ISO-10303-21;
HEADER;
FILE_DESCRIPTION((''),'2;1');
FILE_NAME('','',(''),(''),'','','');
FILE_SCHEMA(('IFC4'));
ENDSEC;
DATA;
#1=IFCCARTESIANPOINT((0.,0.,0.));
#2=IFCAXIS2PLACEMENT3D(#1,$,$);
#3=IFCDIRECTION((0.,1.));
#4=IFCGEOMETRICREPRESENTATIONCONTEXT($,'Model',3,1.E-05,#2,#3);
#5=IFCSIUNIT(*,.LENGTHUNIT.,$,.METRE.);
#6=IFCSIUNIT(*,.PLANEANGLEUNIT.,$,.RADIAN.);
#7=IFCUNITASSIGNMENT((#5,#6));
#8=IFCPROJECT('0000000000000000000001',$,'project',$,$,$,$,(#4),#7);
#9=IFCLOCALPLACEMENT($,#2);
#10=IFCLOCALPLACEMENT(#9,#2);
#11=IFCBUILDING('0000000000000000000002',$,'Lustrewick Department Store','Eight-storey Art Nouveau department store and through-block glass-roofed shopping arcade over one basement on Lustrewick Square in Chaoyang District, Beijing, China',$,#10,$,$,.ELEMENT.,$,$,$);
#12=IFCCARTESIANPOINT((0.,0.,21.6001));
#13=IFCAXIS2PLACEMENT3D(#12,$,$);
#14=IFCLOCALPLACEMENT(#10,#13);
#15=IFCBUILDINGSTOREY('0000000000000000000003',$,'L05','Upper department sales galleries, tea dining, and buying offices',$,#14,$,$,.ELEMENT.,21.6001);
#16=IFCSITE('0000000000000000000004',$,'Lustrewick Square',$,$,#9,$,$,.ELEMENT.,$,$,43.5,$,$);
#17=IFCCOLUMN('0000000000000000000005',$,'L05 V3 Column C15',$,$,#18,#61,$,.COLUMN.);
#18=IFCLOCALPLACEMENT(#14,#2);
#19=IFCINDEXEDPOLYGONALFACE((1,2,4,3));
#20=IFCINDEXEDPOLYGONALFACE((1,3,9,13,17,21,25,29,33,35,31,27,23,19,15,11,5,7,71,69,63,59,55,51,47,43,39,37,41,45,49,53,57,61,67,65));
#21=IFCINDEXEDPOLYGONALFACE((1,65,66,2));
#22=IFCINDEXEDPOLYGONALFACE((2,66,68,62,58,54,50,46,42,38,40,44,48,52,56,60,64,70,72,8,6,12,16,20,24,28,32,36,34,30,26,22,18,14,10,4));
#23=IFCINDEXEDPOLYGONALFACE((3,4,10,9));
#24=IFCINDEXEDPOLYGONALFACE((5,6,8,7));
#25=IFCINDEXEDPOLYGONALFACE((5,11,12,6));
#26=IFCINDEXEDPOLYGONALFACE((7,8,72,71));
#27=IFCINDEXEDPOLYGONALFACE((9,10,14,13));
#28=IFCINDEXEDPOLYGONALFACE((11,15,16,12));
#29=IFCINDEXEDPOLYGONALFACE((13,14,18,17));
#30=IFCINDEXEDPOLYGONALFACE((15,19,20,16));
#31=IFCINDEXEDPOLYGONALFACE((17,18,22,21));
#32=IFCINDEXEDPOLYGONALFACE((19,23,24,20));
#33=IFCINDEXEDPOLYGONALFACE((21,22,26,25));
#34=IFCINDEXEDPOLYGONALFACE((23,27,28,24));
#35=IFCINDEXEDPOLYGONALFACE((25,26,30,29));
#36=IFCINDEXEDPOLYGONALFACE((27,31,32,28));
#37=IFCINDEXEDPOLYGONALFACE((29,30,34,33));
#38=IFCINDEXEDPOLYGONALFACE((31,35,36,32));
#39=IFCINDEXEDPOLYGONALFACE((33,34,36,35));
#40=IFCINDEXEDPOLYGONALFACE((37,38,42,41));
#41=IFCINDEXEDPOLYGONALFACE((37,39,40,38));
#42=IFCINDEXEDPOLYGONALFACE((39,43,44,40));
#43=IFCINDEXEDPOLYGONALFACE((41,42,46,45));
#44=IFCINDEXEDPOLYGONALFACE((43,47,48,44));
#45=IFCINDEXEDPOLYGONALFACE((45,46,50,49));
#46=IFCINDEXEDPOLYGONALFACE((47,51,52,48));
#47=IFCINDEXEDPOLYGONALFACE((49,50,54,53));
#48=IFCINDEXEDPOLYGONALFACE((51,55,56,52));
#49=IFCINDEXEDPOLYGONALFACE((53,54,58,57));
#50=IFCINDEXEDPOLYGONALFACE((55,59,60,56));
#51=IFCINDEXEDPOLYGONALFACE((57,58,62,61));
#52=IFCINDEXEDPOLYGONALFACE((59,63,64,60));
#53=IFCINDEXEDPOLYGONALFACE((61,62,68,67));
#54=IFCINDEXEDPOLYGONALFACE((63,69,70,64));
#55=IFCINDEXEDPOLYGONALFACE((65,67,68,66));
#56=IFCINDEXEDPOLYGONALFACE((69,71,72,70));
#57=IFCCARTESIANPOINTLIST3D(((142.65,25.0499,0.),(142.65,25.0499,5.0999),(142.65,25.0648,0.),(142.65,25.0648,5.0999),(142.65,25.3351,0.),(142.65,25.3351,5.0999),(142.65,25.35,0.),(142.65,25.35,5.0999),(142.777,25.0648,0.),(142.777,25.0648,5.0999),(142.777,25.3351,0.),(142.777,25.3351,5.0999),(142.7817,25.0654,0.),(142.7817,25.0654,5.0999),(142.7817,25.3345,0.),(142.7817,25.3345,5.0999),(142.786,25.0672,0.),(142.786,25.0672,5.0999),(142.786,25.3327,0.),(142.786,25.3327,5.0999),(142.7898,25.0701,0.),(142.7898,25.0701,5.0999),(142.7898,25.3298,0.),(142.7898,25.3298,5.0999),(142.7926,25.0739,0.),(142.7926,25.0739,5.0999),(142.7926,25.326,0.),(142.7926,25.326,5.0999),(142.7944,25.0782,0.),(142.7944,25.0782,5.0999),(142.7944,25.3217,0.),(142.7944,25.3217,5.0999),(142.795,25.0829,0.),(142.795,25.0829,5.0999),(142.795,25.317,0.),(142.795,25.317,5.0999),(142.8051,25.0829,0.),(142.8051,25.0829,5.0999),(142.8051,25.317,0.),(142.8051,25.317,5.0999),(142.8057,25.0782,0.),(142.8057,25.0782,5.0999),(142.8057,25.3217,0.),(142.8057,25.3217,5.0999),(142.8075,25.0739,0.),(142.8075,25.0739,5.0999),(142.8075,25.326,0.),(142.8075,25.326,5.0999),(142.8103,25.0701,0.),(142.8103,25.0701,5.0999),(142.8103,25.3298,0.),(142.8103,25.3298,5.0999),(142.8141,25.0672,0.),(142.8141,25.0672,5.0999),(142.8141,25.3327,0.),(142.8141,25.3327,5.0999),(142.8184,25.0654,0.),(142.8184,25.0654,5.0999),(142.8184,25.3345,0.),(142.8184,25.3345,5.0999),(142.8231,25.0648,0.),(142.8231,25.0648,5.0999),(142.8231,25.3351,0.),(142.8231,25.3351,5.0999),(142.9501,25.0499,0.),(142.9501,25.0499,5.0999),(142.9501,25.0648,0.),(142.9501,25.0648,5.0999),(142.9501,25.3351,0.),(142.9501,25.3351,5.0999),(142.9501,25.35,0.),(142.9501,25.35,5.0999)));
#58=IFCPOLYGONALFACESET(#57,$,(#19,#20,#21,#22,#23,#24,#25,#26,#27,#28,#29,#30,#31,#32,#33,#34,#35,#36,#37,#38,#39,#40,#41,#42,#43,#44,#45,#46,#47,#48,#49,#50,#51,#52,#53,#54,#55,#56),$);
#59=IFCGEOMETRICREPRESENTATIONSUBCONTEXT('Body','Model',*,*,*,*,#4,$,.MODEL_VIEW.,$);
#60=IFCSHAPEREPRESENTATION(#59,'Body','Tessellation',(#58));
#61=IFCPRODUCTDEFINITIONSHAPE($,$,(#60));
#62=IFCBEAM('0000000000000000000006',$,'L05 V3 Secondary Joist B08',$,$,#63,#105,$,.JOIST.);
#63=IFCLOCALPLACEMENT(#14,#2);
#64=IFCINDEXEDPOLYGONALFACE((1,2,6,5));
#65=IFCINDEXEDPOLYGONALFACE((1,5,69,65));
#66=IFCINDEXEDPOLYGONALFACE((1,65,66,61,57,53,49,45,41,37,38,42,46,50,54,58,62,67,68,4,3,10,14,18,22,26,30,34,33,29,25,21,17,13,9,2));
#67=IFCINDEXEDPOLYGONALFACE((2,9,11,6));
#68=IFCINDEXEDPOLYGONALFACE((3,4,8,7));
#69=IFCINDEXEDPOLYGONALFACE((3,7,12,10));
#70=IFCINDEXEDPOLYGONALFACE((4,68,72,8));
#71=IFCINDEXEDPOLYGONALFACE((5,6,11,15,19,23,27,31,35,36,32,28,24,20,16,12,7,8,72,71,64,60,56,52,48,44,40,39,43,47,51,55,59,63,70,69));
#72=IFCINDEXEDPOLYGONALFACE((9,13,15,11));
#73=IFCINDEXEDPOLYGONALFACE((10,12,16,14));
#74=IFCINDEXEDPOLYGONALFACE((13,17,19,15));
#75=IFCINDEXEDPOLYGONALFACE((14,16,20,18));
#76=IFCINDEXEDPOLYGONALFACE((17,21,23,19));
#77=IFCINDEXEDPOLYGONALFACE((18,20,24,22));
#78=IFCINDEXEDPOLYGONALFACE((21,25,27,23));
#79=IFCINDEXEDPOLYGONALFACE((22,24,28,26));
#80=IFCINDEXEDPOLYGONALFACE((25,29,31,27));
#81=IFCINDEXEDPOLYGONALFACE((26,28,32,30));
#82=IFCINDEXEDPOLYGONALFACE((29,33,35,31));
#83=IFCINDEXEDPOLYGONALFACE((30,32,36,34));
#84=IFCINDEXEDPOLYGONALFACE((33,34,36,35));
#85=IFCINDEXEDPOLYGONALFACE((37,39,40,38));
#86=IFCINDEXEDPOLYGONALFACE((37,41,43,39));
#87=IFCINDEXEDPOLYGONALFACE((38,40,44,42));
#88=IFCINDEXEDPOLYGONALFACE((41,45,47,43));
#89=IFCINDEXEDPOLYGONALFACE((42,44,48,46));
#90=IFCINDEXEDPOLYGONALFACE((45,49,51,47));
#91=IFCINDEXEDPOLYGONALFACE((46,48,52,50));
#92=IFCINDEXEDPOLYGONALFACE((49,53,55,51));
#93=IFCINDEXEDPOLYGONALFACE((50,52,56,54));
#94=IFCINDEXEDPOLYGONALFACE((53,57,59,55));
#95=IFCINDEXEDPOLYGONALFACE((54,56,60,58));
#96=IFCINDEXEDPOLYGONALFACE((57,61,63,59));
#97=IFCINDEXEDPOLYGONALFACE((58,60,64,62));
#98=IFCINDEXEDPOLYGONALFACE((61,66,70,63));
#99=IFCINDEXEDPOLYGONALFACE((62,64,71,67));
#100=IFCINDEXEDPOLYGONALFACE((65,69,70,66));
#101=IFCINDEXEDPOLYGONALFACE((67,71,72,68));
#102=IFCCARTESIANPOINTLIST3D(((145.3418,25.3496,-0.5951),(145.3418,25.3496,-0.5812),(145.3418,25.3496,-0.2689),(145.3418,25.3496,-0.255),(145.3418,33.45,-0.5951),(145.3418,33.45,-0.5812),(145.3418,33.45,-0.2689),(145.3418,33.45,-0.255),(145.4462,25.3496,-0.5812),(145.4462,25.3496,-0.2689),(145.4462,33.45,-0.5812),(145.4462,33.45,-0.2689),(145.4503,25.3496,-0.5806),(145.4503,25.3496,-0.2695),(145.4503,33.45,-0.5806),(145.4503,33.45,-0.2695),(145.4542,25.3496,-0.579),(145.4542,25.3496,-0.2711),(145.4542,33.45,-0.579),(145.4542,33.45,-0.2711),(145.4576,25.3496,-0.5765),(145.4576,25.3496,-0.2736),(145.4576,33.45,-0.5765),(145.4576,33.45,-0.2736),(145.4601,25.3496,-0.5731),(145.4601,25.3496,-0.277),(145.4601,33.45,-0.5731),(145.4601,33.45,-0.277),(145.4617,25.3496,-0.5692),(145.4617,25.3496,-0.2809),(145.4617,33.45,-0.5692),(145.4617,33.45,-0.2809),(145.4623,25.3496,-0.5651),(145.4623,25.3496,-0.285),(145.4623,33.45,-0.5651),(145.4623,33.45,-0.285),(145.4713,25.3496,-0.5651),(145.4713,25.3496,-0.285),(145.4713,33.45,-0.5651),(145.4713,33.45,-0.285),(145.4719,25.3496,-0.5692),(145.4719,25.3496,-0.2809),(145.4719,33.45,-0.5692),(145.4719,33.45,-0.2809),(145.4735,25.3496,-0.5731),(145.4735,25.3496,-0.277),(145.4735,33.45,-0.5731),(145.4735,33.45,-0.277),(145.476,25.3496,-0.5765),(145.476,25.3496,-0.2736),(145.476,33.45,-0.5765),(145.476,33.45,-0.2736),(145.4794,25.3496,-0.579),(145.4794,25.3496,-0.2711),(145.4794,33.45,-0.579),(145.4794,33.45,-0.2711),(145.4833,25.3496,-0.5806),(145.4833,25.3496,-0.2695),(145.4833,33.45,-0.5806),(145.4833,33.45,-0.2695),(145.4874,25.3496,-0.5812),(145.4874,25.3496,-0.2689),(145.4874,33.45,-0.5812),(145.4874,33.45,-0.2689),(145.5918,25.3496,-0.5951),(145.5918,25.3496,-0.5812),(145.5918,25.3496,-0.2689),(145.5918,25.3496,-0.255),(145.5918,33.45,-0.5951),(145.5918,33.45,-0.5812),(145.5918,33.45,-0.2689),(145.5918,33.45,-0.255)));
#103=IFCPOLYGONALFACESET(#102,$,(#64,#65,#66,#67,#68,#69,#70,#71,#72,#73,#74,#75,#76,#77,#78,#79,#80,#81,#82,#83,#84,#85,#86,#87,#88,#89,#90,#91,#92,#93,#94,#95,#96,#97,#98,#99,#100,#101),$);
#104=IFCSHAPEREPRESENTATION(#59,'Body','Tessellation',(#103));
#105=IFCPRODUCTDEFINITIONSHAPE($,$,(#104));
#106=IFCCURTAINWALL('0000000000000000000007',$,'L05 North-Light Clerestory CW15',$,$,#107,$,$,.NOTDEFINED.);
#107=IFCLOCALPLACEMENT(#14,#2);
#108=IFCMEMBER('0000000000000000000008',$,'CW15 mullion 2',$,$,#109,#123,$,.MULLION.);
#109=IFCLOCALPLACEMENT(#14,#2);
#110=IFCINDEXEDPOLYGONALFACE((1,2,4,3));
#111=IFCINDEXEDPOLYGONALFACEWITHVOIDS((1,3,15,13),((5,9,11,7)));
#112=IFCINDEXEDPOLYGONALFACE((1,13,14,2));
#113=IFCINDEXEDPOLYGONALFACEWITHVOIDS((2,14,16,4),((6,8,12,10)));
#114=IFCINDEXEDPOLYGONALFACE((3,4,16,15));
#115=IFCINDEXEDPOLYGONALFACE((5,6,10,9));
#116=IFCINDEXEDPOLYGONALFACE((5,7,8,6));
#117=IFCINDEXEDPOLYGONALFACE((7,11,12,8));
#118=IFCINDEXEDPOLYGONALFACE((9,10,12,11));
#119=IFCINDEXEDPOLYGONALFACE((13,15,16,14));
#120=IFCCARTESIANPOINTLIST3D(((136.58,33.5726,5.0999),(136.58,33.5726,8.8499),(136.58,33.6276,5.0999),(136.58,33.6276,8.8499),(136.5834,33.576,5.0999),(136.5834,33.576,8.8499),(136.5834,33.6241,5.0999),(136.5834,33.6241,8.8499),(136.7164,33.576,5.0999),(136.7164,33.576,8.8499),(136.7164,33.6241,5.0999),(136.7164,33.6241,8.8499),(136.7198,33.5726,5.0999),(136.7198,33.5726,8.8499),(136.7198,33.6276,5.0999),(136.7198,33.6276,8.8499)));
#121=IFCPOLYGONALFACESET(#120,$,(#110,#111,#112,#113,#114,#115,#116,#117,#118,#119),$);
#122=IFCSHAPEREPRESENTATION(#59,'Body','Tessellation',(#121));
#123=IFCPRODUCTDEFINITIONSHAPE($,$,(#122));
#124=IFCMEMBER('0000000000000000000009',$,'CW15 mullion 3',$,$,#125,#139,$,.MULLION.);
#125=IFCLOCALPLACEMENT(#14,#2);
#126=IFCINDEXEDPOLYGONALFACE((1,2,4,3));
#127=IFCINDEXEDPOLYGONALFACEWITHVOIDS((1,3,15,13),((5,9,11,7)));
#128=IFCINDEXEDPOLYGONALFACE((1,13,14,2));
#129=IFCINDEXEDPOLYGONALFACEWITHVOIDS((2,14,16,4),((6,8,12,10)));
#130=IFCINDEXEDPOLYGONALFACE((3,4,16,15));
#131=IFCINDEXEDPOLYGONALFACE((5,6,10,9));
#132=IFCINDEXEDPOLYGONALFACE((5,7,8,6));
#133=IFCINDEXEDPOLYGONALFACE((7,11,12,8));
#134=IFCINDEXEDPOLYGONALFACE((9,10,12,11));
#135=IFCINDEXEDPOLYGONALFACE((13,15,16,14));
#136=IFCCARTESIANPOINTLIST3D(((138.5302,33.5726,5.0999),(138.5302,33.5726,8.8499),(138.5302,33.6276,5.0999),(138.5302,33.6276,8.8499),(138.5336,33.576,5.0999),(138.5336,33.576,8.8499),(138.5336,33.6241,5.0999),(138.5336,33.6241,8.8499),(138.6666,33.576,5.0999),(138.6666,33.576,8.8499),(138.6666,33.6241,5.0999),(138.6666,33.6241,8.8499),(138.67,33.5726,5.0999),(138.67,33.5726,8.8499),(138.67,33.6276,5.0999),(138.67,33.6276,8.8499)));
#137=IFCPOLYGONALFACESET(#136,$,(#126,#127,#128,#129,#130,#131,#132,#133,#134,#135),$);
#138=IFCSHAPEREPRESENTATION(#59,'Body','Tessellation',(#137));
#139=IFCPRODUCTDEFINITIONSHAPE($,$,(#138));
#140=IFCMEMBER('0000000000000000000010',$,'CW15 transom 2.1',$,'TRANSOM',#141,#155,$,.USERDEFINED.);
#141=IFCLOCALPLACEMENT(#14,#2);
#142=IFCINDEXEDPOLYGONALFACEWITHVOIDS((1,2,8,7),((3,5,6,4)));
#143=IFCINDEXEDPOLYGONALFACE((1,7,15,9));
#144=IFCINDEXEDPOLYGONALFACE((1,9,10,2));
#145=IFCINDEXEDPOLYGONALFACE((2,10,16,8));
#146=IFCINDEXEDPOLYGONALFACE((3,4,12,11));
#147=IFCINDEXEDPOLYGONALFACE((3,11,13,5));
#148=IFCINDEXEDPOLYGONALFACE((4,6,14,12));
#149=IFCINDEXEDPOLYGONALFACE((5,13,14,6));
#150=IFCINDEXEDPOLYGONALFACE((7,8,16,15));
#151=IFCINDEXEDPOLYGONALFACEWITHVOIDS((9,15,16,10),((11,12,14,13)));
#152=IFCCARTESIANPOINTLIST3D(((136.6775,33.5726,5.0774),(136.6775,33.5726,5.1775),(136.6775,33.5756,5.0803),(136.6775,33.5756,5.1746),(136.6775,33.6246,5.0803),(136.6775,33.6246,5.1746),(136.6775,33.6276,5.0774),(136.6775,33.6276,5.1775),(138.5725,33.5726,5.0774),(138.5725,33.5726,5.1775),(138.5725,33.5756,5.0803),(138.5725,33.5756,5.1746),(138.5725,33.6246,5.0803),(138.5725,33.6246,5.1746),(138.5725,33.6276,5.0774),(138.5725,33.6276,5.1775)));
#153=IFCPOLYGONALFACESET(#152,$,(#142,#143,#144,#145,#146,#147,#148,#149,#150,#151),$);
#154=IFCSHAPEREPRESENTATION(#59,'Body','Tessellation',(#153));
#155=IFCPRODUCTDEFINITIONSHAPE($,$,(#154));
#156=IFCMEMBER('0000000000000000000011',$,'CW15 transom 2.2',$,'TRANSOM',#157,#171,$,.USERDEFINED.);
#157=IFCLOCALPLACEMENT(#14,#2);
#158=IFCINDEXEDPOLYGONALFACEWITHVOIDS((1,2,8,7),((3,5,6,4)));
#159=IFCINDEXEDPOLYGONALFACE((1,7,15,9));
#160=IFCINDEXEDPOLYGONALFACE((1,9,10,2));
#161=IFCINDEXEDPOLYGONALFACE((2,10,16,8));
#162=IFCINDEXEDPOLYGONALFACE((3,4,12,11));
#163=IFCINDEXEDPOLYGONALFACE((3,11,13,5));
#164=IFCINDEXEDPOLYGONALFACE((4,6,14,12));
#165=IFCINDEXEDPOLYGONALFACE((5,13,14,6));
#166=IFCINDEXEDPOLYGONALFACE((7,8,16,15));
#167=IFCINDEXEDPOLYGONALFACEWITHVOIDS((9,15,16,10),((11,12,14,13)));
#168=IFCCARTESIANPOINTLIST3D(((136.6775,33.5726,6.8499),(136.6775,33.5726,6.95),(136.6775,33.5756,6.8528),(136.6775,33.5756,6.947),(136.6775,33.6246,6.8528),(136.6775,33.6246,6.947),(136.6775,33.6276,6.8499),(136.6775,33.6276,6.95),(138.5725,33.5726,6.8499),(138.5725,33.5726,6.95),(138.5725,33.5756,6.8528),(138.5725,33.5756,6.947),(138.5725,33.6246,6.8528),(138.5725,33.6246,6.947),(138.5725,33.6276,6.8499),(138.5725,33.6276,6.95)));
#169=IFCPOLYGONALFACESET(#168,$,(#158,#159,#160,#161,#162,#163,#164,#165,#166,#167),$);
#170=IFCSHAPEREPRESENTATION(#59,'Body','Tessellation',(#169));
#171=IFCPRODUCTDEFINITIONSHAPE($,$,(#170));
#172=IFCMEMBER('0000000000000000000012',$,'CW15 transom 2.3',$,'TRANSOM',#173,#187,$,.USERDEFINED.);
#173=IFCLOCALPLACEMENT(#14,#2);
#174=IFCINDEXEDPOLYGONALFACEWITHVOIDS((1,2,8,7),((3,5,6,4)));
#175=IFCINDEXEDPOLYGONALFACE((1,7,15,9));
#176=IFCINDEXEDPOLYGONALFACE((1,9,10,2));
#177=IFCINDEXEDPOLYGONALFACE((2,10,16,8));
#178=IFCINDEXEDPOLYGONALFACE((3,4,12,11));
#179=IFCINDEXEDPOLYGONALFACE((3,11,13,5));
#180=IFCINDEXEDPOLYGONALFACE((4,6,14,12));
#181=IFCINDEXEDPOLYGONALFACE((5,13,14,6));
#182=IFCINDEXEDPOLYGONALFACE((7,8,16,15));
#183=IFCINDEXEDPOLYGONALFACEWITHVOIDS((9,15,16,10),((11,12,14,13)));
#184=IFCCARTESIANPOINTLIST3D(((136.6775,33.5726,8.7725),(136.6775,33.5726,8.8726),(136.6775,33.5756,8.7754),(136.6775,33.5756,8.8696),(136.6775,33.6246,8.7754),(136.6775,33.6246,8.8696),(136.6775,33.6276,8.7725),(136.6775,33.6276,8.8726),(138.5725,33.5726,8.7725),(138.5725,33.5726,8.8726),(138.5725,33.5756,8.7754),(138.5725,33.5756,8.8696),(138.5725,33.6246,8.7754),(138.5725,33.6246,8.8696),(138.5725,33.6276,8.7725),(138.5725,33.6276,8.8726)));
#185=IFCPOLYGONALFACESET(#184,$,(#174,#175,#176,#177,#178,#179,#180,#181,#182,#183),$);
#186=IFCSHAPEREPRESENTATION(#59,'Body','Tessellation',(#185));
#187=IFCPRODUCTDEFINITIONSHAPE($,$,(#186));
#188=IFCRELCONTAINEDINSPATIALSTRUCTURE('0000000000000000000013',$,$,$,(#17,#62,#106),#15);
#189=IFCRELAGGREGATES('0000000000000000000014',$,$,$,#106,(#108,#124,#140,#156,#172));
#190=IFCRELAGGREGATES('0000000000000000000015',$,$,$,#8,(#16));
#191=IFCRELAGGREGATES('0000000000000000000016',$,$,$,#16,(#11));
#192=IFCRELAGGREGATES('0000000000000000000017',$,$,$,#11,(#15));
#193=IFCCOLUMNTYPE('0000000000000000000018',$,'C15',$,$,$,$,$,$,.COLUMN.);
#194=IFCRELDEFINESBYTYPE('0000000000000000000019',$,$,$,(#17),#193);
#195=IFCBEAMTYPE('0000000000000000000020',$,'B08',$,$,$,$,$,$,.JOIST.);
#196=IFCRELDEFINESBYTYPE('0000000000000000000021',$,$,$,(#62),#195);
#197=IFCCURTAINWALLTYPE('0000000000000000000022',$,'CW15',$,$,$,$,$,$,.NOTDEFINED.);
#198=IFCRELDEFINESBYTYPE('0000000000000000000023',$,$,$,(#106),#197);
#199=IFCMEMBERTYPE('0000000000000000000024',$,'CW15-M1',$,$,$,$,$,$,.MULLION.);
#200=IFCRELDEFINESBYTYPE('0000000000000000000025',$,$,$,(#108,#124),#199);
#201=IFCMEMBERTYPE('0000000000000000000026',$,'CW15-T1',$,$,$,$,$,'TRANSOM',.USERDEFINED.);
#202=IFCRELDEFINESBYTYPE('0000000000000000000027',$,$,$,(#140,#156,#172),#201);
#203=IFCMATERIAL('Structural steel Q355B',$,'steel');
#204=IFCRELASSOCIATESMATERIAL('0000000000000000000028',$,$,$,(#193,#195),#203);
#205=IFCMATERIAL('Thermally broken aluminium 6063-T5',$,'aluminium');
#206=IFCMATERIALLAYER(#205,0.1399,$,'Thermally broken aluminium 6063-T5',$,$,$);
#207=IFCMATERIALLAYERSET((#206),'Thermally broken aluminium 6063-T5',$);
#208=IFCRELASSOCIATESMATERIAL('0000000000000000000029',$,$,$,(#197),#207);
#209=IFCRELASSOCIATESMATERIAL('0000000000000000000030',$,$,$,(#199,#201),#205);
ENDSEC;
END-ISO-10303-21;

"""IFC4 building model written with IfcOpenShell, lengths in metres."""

from ifc_helpers import new_model, si_unit, direction, frame, origin, origin_2d, place, context, subcontext, project, spatial, hollow_rectangle, i_section, extrude, material, layer, layer_set, material_profile, profile_set, type_object, element, aggregate, save


model = new_model("IFC4")

# Units and contexts
model_context = context("Model", 3, precision=1e-05, world=origin(), true_north=direction((0.0, 1.0)))
body_context = subcontext(model_context, "Body", "Model", "MODEL_VIEW")
ifc_project = project(units=[si_unit("LENGTHUNIT", "METRE"), si_unit("PLANEANGLEUNIT", "RADIAN")], contexts=[model_context])

# Site, building, storey
site_placement = place(None, origin())
site = spatial("IfcSite", under=ifc_project, at=site_placement, Name="Lustrewick Square", CompositionType="ELEMENT", RefElevation=43.5)
building_placement = place(site_placement, origin())
building = spatial("IfcBuilding", under=site, at=building_placement, Name="Lustrewick Department Store", Description="Eight-storey Art Nouveau department store and through-block glass-roofed shopping arcade over one basement on Lustrewick Square in Chaoyang District, Beijing, China", CompositionType="ELEMENT")
storey_placement = place(building_placement, frame((0.0, 0.0, 21.6001)))
storey = spatial("IfcBuildingStorey", under=building, at=storey_placement, Name="L05", Description="Upper department sales galleries, tea dining, and buying offices", CompositionType="ELEMENT", Elevation=21.6001)

# Column
ifc_material_1 = material(Name="Structural steel Q355B", Category="steel")
ifc_material_profile_1 = material_profile(ifc_material_1, i_section(OverallWidth=0.3, OverallDepth=0.3, WebThickness=0.01, FlangeThickness=0.0149, FilletRadius=0.0181, at=origin_2d()), Name="HW 300x300x10x15")
ifc_profile_set_1 = profile_set([ifc_material_profile_1], Name="Structural steel Q355B")
column_type = type_object("IfcColumnType", Name="C15", PredefinedType="COLUMN", material=ifc_profile_set_1)
column_placement = place(storey_placement, frame((142.8, 25.2, 0.0), z_axis=(0.0, 0.0, 1.0), x_axis=(1.0, 0.0, 0.0)))
element("IfcColumn", 1, at=column_placement, inside=storey, type_object=column_type, Name="L05 V3 Column C15", PredefinedType="COLUMN", context=body_context, shape_type="SweptSolid", body=[
    extrude(i_section(OverallWidth=0.3, OverallDepth=0.3, WebThickness=0.01, FlangeThickness=0.0149, FilletRadius=0.0181, at=origin_2d()), origin(), (0.0, 0.0, 1.0), 5.0999),
])

# Beam
ifc_material_profile_2 = material_profile(ifc_material_1, i_section(OverallWidth=0.25, OverallDepth=0.3401, WebThickness=0.009, FlangeThickness=0.0139, FilletRadius=0.0161, at=origin_2d()), Name="HM 340x250x9x14")
ifc_profile_set_2 = profile_set([ifc_material_profile_2], Name="Structural steel Q355B")
beam_type_1 = type_object("IfcBeamType", Name="B08", PredefinedType="JOIST", material=ifc_profile_set_2)
beam_1_placement = place(storey_placement, frame((145.4668, 25.3496, -0.425), z_axis=(0.0, 1.0, 0.0), x_axis=(-1.0, 0.0, 0.0)))
element("IfcBeam", 2, at=beam_1_placement, inside=storey, type_object=beam_type_1, Name="L05 V3 Secondary Joist B08", PredefinedType="JOIST", context=body_context, shape_type="SweptSolid", body=[
    extrude(i_section(OverallWidth=0.25, OverallDepth=0.3401, WebThickness=0.009, FlangeThickness=0.0139, FilletRadius=0.0161, at=origin_2d()), origin(), (0.0, 0.0, 1.0), 8.1003),
])

# Curtain wall, members
ifc_material_2 = material(Name="Thermally broken aluminium 6063-T5", Category="aluminium")
ifc_layer_1 = layer(ifc_material_2, 0.1399, Name="Thermally broken aluminium 6063-T5")
ifc_layer_set_1 = layer_set([ifc_layer_1], Name="Thermally broken aluminium 6063-T5")
curtain_wall_type = type_object("IfcCurtainWallType", Name="CW15", PredefinedType="NOTDEFINED", material=ifc_layer_set_1)
curtain_wall_placement = place(storey_placement, origin())
curtain_wall = element("IfcCurtainWall", 3, at=curtain_wall_placement, inside=storey, type_object=curtain_wall_type, Name="L05 North-Light Clerestory CW15", PredefinedType="NOTDEFINED")
ifc_material_profile_3 = material_profile(ifc_material_2, hollow_rectangle(XDim=0.0549, YDim=0.1399, WallThickness=0.0034, at=origin_2d()), Name="ALU-M 55x140x3.5")
ifc_profile_set_3 = profile_set([ifc_material_profile_3], Name="Thermally broken aluminium 6063-T5")
member_type_1 = type_object("IfcMemberType", Name="CW15-M1", PredefinedType="MULLION", material=ifc_profile_set_3)
member_1_placement = place(storey_placement, frame((136.6499, 33.6001, 5.0999), z_axis=(0.0, 0.0, 1.0), x_axis=(0.0, 1.0, 0.0)))
member_1 = element("IfcMember", 4, at=member_1_placement, type_object=member_type_1, Name="CW15 mullion 2", PredefinedType="MULLION", context=body_context, shape_type="SweptSolid", body=[
    extrude(hollow_rectangle(XDim=0.0549, YDim=0.1399, WallThickness=0.0034, at=origin_2d()), origin(), (0.0, 0.0, 1.0), 3.75),
])
member_2_placement = place(storey_placement, frame((138.6001, 33.6001, 5.0999), z_axis=(0.0, 0.0, 1.0), x_axis=(0.0, 1.0, 0.0)))
member_2 = element("IfcMember", 5, at=member_2_placement, type_object=member_type_1, Name="CW15 mullion 3", PredefinedType="MULLION", context=body_context, shape_type="SweptSolid", body=[
    extrude(hollow_rectangle(XDim=0.0549, YDim=0.1399, WallThickness=0.0034, at=origin_2d()), origin(), (0.0, 0.0, 1.0), 3.75),
])
ifc_material_profile_4 = material_profile(ifc_material_2, hollow_rectangle(XDim=0.0549, YDim=0.1001, WallThickness=0.0029, at=origin_2d()), Name="ALU-T 55x100x3")
ifc_profile_set_4 = profile_set([ifc_material_profile_4], Name="Thermally broken aluminium 6063-T5")
member_type_2 = type_object("IfcMemberType", Name="CW15-T1", ElementType="TRANSOM", PredefinedType="USERDEFINED", material=ifc_profile_set_4)
member_3_placement = place(storey_placement, frame((136.6775, 33.6001, 5.1274), z_axis=(1.0, 0.0, 0.0), x_axis=(0.0, 1.0, 0.0)))
member_3 = element("IfcMember", 6, at=member_3_placement, type_object=member_type_2, Name="CW15 transom 2.1", ObjectType="TRANSOM", PredefinedType="USERDEFINED", context=body_context, shape_type="SweptSolid", body=[
    extrude(hollow_rectangle(XDim=0.0549, YDim=0.1001, WallThickness=0.0029, at=origin_2d()), origin(), (0.0, 0.0, 1.0), 1.895),
])
member_4_placement = place(storey_placement, frame((136.6775, 33.6001, 6.8999), z_axis=(1.0, 0.0, 0.0), x_axis=(0.0, 1.0, 0.0)))
member_4 = element("IfcMember", 7, at=member_4_placement, type_object=member_type_2, Name="CW15 transom 2.2", ObjectType="TRANSOM", PredefinedType="USERDEFINED", context=body_context, shape_type="SweptSolid", body=[
    extrude(hollow_rectangle(XDim=0.0549, YDim=0.1001, WallThickness=0.0029, at=origin_2d()), origin(), (0.0, 0.0, 1.0), 1.895),
])
member_5_placement = place(storey_placement, frame((136.6775, 33.6001, 8.8225), z_axis=(1.0, 0.0, 0.0), x_axis=(0.0, 1.0, 0.0)))
member_5 = element("IfcMember", 8, at=member_5_placement, type_object=member_type_2, Name="CW15 transom 2.3", ObjectType="TRANSOM", PredefinedType="USERDEFINED", context=body_context, shape_type="SweptSolid", body=[
    extrude(hollow_rectangle(XDim=0.0549, YDim=0.1001, WallThickness=0.0029, at=origin_2d()), origin(), (0.0, 0.0, 1.0), 1.895),
])

aggregate(curtain_wall, [member_1, member_2, member_3, member_4, member_5])

save(model, "model.ifc")
